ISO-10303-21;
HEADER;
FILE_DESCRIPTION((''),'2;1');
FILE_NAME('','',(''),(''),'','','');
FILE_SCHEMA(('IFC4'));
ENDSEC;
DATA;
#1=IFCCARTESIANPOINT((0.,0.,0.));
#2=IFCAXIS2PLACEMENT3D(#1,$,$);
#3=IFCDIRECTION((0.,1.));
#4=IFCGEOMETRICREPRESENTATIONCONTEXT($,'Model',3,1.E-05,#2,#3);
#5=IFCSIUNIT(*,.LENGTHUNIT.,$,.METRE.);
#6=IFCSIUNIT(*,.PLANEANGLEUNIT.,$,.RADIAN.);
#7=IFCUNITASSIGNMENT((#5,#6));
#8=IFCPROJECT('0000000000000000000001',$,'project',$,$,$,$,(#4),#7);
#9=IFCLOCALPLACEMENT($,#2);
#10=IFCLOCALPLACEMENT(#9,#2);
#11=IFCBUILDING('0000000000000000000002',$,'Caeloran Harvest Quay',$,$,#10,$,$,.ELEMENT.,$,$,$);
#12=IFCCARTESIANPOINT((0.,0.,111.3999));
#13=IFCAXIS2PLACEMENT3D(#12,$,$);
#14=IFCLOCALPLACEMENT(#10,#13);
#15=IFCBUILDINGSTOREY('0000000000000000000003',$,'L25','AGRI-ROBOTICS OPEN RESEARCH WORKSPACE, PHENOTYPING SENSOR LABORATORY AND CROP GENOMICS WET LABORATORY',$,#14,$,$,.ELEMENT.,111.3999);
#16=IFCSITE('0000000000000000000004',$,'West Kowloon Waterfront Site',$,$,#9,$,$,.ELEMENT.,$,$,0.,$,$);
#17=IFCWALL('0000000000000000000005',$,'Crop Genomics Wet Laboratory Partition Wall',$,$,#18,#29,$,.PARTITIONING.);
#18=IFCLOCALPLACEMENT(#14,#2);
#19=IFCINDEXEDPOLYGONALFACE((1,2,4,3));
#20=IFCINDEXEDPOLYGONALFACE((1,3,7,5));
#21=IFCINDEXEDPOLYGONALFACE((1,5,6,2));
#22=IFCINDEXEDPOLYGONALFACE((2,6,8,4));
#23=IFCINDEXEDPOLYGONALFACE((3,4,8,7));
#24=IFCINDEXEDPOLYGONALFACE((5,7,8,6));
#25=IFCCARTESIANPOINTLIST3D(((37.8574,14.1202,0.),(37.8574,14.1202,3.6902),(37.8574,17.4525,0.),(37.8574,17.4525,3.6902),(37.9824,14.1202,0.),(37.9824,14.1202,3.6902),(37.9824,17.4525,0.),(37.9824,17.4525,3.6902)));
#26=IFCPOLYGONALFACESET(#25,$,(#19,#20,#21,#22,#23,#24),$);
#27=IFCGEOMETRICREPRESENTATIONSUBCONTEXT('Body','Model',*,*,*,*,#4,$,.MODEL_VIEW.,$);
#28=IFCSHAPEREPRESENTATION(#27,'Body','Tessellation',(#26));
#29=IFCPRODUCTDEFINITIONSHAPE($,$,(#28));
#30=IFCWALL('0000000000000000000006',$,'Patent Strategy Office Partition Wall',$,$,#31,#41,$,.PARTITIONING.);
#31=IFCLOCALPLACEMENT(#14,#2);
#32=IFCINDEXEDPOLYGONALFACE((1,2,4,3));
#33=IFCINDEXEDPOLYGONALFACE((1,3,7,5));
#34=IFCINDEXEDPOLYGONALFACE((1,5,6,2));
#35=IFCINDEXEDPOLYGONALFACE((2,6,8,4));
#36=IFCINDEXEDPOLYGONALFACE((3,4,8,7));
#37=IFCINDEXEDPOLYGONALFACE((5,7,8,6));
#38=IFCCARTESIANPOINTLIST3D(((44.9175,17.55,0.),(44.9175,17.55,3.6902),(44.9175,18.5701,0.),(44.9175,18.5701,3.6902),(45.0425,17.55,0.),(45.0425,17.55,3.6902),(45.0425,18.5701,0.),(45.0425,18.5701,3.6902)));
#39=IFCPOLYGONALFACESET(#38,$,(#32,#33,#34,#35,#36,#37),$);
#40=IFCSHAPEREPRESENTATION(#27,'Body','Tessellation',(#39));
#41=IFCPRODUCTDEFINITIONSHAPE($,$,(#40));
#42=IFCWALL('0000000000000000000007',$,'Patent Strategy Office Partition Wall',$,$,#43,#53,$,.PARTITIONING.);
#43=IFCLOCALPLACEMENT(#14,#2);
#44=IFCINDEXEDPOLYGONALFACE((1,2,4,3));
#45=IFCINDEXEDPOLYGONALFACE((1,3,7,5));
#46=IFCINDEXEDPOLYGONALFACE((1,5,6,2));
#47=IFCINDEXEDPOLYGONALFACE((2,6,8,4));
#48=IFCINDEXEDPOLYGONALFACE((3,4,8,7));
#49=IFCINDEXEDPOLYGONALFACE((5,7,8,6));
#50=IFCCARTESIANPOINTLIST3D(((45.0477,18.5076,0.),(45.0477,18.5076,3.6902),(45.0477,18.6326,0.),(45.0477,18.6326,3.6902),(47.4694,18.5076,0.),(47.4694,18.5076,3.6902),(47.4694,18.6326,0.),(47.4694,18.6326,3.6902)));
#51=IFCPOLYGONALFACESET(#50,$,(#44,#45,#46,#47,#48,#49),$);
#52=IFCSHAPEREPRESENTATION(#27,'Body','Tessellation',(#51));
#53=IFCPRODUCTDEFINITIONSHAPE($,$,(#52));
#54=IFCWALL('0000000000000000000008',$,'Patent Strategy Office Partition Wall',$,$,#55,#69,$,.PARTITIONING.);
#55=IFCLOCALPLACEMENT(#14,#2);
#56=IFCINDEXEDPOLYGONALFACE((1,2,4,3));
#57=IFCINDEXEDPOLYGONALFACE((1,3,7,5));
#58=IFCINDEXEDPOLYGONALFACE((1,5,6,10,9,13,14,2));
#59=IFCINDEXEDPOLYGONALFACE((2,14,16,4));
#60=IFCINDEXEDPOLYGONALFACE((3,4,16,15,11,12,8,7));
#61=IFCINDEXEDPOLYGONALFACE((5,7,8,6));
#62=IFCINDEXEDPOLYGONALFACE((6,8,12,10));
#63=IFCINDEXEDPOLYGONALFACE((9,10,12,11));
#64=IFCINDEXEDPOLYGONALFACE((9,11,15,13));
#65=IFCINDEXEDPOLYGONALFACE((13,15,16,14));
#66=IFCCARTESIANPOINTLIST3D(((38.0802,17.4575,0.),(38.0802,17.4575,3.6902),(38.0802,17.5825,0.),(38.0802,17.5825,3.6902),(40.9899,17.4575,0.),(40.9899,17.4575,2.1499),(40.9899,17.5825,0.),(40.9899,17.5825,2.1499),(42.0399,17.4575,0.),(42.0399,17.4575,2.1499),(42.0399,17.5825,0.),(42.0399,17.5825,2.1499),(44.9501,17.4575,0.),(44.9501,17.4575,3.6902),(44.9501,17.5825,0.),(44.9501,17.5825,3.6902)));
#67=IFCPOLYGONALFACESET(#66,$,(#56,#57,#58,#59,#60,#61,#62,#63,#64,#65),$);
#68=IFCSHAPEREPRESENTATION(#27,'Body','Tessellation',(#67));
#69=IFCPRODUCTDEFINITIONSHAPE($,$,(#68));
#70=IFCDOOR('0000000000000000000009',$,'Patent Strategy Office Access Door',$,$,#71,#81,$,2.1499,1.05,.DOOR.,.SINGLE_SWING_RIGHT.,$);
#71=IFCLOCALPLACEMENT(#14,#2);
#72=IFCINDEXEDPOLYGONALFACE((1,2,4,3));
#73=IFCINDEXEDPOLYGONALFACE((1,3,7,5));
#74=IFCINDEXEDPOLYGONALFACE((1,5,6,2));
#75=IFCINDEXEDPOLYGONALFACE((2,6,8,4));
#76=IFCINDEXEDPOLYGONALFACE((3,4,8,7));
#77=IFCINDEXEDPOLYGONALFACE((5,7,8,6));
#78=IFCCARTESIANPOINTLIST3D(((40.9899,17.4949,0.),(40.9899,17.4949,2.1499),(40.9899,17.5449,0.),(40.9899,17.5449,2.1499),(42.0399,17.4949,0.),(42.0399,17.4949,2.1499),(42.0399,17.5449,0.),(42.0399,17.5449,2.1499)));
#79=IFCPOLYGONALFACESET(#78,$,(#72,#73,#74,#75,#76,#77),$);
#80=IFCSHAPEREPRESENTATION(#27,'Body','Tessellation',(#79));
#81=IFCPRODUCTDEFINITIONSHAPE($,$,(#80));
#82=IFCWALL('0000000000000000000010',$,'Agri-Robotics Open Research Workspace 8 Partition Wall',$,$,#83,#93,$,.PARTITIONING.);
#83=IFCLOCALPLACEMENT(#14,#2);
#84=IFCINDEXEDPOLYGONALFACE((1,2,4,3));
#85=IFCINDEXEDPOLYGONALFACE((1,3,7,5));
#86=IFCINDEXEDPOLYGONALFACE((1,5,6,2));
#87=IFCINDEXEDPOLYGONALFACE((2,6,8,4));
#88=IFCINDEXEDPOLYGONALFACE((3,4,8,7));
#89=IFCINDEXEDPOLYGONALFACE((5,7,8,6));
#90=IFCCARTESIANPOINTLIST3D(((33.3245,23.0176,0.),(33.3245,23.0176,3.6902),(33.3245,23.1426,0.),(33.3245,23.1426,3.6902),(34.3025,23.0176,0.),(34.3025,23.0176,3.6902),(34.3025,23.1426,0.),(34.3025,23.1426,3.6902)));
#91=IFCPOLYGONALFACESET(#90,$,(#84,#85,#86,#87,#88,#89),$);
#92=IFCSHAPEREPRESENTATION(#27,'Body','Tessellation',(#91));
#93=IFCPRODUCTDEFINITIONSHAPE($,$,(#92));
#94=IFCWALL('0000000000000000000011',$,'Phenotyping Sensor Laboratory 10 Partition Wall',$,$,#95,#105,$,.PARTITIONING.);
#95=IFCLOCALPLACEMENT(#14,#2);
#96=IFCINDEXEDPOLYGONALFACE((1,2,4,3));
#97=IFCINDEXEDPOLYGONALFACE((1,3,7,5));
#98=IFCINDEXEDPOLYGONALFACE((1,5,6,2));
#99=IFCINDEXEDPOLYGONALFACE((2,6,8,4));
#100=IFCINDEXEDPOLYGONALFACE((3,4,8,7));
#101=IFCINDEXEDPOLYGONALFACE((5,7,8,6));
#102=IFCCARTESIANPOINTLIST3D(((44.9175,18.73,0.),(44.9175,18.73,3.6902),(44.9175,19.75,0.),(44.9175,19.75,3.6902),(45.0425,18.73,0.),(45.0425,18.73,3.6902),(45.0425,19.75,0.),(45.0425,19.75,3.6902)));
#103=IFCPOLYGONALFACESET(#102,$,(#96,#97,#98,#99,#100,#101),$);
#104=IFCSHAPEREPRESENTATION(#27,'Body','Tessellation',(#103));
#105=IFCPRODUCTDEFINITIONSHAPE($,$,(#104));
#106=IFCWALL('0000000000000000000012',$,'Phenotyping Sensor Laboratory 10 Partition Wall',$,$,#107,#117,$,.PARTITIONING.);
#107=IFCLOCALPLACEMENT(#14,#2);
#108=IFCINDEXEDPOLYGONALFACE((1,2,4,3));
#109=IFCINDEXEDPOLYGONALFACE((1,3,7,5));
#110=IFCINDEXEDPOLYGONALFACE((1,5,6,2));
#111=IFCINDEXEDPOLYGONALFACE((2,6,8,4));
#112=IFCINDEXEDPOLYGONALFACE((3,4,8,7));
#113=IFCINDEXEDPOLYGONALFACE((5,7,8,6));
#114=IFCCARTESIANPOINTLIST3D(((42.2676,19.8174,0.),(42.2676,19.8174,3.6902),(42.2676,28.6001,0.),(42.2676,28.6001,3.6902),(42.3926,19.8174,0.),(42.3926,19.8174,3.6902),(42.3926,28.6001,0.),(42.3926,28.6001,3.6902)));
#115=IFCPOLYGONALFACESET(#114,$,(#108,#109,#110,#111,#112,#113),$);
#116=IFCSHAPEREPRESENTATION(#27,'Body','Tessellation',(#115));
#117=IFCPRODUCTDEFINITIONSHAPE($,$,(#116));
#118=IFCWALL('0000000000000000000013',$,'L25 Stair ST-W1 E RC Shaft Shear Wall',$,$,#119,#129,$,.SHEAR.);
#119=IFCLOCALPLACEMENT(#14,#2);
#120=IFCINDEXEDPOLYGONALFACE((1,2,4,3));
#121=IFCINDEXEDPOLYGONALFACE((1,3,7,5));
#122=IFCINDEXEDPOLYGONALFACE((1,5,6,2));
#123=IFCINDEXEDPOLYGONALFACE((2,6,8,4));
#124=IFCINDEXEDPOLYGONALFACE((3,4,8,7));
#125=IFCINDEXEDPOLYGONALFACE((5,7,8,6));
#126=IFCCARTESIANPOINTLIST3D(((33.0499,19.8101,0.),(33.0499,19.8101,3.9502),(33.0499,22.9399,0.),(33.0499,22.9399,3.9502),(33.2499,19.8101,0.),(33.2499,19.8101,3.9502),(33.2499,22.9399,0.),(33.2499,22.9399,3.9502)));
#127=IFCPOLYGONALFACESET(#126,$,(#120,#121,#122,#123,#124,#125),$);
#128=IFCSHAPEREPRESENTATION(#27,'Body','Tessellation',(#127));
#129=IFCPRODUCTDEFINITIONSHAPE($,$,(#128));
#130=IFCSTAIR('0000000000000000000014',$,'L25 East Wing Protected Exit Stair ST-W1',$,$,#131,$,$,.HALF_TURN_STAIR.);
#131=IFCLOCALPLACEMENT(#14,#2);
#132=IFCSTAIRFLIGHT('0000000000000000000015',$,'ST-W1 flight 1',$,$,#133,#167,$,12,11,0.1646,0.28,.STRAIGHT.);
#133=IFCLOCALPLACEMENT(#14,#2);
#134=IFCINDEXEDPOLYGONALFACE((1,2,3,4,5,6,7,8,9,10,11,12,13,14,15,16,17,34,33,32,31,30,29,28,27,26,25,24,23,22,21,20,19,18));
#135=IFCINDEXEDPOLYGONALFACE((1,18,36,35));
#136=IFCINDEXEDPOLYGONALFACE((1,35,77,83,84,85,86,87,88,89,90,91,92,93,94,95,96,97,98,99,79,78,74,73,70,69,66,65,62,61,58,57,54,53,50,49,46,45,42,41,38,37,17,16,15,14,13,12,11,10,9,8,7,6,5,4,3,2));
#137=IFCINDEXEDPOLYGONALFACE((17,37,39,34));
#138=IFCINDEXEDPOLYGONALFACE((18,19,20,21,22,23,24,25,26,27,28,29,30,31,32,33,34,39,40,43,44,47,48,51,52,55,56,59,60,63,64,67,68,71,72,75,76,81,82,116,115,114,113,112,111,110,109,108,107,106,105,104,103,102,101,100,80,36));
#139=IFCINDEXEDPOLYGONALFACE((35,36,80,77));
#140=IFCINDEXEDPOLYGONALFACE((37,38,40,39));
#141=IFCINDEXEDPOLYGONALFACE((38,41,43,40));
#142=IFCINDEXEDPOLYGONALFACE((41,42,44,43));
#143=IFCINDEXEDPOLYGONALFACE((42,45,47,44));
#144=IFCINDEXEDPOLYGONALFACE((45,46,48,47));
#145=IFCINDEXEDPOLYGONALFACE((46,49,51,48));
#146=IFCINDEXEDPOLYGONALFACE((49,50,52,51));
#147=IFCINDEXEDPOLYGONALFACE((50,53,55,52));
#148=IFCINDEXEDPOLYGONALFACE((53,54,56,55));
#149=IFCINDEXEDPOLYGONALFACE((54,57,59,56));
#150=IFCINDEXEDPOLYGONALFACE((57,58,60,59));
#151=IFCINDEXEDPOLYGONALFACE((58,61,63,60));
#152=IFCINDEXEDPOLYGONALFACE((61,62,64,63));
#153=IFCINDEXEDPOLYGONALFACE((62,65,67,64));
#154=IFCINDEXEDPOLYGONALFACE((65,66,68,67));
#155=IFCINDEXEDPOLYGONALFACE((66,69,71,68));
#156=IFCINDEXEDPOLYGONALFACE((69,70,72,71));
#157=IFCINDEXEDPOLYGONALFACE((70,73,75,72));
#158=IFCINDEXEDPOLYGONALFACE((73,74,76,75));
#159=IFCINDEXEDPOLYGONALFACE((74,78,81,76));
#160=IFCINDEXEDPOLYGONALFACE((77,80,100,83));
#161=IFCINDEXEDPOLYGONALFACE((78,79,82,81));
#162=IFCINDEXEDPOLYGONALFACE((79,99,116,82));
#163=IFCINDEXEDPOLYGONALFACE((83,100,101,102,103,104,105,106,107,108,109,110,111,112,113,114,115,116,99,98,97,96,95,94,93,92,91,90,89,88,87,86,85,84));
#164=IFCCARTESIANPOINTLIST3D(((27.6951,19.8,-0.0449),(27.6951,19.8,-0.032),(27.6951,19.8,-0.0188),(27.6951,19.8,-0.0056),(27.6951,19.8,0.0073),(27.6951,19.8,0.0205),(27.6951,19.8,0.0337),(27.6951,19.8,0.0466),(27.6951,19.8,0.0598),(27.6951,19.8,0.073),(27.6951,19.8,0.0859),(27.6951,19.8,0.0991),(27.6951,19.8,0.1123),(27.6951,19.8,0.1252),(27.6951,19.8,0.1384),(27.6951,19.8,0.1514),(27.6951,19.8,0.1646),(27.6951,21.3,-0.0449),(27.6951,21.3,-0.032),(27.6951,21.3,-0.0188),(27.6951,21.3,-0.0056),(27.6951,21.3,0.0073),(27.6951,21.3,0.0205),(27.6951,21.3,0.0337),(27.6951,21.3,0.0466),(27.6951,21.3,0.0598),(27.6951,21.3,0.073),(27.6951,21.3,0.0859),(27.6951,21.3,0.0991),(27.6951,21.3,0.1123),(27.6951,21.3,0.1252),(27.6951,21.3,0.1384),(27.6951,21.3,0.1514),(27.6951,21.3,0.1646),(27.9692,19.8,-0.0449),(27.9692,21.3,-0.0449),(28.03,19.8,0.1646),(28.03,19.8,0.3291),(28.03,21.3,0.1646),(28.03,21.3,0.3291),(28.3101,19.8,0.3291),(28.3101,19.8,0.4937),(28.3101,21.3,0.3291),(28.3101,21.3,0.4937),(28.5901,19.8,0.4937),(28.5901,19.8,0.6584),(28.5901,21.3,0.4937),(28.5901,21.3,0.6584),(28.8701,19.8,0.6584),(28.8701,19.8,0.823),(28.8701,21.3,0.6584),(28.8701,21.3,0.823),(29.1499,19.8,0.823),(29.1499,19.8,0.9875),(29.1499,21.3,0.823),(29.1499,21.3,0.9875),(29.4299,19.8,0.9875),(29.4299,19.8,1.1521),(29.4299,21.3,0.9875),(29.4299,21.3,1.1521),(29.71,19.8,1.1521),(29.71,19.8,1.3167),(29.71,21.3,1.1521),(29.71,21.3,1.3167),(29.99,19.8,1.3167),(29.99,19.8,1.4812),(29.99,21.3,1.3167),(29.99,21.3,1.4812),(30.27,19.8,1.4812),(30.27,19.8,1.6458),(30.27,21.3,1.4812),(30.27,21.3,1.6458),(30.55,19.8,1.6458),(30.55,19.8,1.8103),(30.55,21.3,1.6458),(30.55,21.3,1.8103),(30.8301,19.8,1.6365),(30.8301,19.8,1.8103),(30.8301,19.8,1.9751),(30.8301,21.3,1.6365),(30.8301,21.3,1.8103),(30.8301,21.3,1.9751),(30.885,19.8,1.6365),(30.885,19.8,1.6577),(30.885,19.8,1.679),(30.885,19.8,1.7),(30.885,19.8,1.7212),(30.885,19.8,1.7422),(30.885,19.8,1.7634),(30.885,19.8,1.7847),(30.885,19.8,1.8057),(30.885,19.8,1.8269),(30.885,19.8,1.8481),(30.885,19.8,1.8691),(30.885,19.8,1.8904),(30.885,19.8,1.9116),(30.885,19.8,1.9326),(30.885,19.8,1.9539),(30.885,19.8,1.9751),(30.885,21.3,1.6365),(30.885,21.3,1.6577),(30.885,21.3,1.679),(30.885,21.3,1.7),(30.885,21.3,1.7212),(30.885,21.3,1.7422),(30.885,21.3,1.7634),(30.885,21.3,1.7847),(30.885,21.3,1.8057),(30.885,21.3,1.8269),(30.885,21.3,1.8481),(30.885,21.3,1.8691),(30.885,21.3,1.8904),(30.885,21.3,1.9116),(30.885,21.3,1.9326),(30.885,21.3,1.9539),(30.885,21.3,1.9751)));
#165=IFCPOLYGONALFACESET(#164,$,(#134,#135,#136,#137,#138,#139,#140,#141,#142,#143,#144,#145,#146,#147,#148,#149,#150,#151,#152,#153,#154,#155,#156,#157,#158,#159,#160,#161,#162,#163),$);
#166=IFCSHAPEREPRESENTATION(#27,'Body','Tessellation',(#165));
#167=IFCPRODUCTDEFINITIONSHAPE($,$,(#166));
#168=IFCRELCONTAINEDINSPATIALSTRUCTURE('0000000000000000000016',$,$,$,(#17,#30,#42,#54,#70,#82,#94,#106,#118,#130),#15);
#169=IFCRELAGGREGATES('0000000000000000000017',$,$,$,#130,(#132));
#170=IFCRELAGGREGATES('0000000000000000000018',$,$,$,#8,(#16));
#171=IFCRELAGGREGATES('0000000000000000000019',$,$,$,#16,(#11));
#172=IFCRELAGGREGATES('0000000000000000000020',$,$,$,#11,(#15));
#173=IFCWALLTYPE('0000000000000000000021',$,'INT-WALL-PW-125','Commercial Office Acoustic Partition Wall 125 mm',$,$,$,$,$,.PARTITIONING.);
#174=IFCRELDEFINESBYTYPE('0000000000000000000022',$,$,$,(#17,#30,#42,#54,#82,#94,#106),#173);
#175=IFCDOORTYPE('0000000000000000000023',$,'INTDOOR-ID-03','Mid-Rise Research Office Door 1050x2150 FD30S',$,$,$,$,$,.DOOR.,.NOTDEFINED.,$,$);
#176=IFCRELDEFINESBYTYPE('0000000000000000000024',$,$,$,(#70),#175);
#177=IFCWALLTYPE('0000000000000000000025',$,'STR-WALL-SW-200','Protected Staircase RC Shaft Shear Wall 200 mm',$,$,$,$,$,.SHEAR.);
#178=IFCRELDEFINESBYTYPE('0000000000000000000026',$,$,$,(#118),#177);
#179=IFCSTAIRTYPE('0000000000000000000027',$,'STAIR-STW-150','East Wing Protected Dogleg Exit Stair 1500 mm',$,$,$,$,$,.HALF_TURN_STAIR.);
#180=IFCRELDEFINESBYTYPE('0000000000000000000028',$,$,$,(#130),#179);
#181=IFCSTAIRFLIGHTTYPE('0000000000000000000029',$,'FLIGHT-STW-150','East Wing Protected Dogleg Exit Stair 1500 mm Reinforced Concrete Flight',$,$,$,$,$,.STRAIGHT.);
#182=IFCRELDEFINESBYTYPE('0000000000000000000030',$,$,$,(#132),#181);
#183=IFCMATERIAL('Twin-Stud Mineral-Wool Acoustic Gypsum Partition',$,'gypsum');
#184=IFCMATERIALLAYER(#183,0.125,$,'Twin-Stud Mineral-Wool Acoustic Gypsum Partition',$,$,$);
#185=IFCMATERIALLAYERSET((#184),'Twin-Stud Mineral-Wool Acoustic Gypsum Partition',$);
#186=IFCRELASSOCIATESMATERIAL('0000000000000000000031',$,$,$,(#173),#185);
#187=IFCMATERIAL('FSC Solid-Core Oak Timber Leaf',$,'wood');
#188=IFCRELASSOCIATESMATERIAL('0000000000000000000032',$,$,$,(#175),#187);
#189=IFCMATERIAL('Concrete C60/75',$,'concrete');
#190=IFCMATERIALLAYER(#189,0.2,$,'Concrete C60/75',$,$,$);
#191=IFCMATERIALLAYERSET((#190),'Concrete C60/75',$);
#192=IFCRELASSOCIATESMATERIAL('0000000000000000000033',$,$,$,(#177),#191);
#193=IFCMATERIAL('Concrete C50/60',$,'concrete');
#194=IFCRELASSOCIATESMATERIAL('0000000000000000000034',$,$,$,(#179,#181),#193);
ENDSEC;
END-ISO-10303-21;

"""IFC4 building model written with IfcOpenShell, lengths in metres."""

from ifc_helpers import new_model, si_unit, direction, frame, frame_2d, origin, place, context, subcontext, project, spatial, polyline, rectangle, outline, extrude, material, layer, layer_set, type_object, element, fill, aggregate, save


model = new_model("IFC4")

# Units and contexts
model_context = context("Model", 3, precision=1e-05, world=origin(), true_north=direction((0.0, 1.0)))
body_context = subcontext(model_context, "Body", "Model", "MODEL_VIEW")
ifc_project = project(units=[si_unit("LENGTHUNIT", "METRE"), si_unit("PLANEANGLEUNIT", "RADIAN")], contexts=[model_context])

# Site, building, storey
site_placement = place(None, origin())
site = spatial("IfcSite", under=ifc_project, at=site_placement, Name="West Kowloon Waterfront Site", CompositionType="ELEMENT", RefElevation=0.0)
building_placement = place(site_placement, origin())
building = spatial("IfcBuilding", under=site, at=building_placement, Name="Caeloran Harvest Quay", CompositionType="ELEMENT")
storey_placement = place(building_placement, frame((0.0, 0.0, 111.3999)))
storey = spatial("IfcBuildingStorey", under=building, at=storey_placement, Name="L25", Description="AGRI-ROBOTICS OPEN RESEARCH WORKSPACE, PHENOTYPING SENSOR LABORATORY AND CROP GENOMICS WET LABORATORY", CompositionType="ELEMENT", Elevation=111.3999)

# Walls
ifc_material_1 = material(Name="Twin-Stud Mineral-Wool Acoustic Gypsum Partition", Category="gypsum")
ifc_layer_1 = layer(ifc_material_1, 0.125, Name="Twin-Stud Mineral-Wool Acoustic Gypsum Partition")
ifc_layer_set_1 = layer_set([ifc_layer_1], Name="Twin-Stud Mineral-Wool Acoustic Gypsum Partition")
wall_type_1 = type_object("IfcWallType", Name="INT-WALL-PW-125", Description="Commercial Office Acoustic Partition Wall 125 mm", PredefinedType="PARTITIONING", material=ifc_layer_set_1)
wall_1_placement = place(storey_placement, frame((37.9199, 17.4524, 0.0), z_axis=(0.0, 0.0, 1.0), x_axis=(0.0, -1.0, 0.0)))
element("IfcWall", 1, at=wall_1_placement, inside=storey, type_object=wall_type_1, Name="Crop Genomics Wet Laboratory Partition Wall", PredefinedType="PARTITIONING", context=body_context, shape_type="SweptSolid", body=[
    extrude(rectangle(XDim=3.3323, YDim=0.125, at=frame_2d((1.666, 0.0))), origin(), (0.0, 0.0, 1.0), 3.6902),
])
wall_2_placement = place(storey_placement, frame((44.98, 17.55, 0.0), z_axis=(0.0, 0.0, 1.0), x_axis=(0.0, 1.0, 0.0)))
element("IfcWall", 2, at=wall_2_placement, inside=storey, type_object=wall_type_1, Name="Patent Strategy Office Partition Wall", PredefinedType="PARTITIONING", context=body_context, shape_type="SweptSolid", body=[
    extrude(rectangle(XDim=1.02, YDim=0.125, at=frame_2d((0.51, 0.0))), origin(), (0.0, 0.0, 1.0), 3.6902),
])
wall_3_placement = place(storey_placement, frame((45.0476, 18.5701, 0.0), z_axis=(0.0, 0.0, 1.0), x_axis=(1.0, 0.0, 0.0)))
element("IfcWall", 3, at=wall_3_placement, inside=storey, type_object=wall_type_1, Name="Patent Strategy Office Partition Wall", PredefinedType="PARTITIONING", context=body_context, shape_type="SweptSolid", body=[
    extrude(rectangle(XDim=2.4216, YDim=0.125, at=frame_2d((1.2109, 0.0))), origin(), (0.0, 0.0, 1.0), 3.6902),
])

# Wall, opening, door
wall_4_placement = place(storey_placement, frame((38.0801, 17.52, 0.0), z_axis=(0.0, 0.0, 1.0), x_axis=(1.0, 0.0, 0.0)))
wall_4 = element("IfcWall", 4, at=wall_4_placement, inside=storey, type_object=wall_type_1, Name="Patent Strategy Office Partition Wall", PredefinedType="PARTITIONING", context=body_context, shape_type="SweptSolid", body=[
    extrude(rectangle(XDim=6.8699, YDim=0.125, at=frame_2d((3.4351, 0.0))), origin(), (0.0, 0.0, 1.0), 3.6902),
])
opening_1_placement = place(wall_4_placement, frame((2.9099, 0.0, 0.0)))
opening_1 = element("IfcOpeningElement", 5, at=opening_1_placement, cuts=wall_4, PredefinedType="OPENING", context=body_context, shape_type="SweptSolid", body=[
    extrude(rectangle(XDim=1.05, YDim=2.1499, at=frame_2d((0.5249, 1.075))), frame((0.0, 0.0725, 0.0), z_axis=(0.0, -1.0, 0.0), x_axis=(1.0, 0.0, 0.0)), (0.0, 0.0, 1.0), 0.145),
])
ifc_material_2 = material(Name="FSC Solid-Core Oak Timber Leaf", Category="wood")
door_type = type_object("IfcDoorType", Name="INTDOOR-ID-03", Description="Mid-Rise Research Office Door 1050x2150 FD30S", OperationType="NOTDEFINED", PredefinedType="DOOR", material=ifc_material_2)
door_1_placement = place(opening_1_placement, origin())
door_1 = element("IfcDoor", 6, at=door_1_placement, inside=storey, type_object=door_type, Name="Patent Strategy Office Access Door", OperationType="SINGLE_SWING_RIGHT", OverallHeight=2.1499, OverallWidth=1.05, PredefinedType="DOOR", context=body_context, shape_type="SweptSolid", body=[
    extrude(rectangle(XDim=1.05, YDim=2.1499, at=frame_2d((0.5249, 1.075))), frame((0.0, 0.0249, 0.0), z_axis=(0.0, -1.0, 0.0), x_axis=(1.0, 0.0, 0.0)), (0.0, 0.0, 1.0), 0.05),
])
fill(opening_1, door_1)

# Walls
wall_5_placement = place(storey_placement, frame((34.3025, 23.0801, 0.0), z_axis=(0.0, 0.0, 1.0), x_axis=(-1.0, 0.0, 0.0)))
element("IfcWall", 7, at=wall_5_placement, inside=storey, type_object=wall_type_1, Name="Agri-Robotics Open Research Workspace 8 Partition Wall", PredefinedType="PARTITIONING", context=body_context, shape_type="SweptSolid", body=[
    extrude(rectangle(XDim=0.978, YDim=0.125, at=frame_2d((0.489, 0.0))), origin(), (0.0, 0.0, 1.0), 3.6902),
])
wall_6_placement = place(storey_placement, frame((44.98, 18.73, 0.0), z_axis=(0.0, 0.0, 1.0), x_axis=(0.0, 1.0, 0.0)))
element("IfcWall", 8, at=wall_6_placement, inside=storey, type_object=wall_type_1, Name="Phenotyping Sensor Laboratory 10 Partition Wall", PredefinedType="PARTITIONING", context=body_context, shape_type="SweptSolid", body=[
    extrude(rectangle(XDim=1.02, YDim=0.125, at=frame_2d((0.51, 0.0))), origin(), (0.0, 0.0, 1.0), 3.6902),
])

# Walls
wall_7_placement = place(storey_placement, frame((42.3301, 19.8174, 0.0), z_axis=(0.0, 0.0, 1.0), x_axis=(0.0, 1.0, 0.0)))
element("IfcWall", 9, at=wall_7_placement, inside=storey, type_object=wall_type_1, Name="Phenotyping Sensor Laboratory 10 Partition Wall", PredefinedType="PARTITIONING", context=body_context, shape_type="SweptSolid", body=[
    extrude(rectangle(XDim=8.7827, YDim=0.125, at=frame_2d((4.3914, 0.0))), origin(), (0.0, 0.0, 1.0), 3.6902),
])
ifc_material_3 = material(Name="Concrete C60/75", Category="concrete")
ifc_layer_2 = layer(ifc_material_3, 0.2, Name="Concrete C60/75")
ifc_layer_set_2 = layer_set([ifc_layer_2], Name="Concrete C60/75")
wall_type_2 = type_object("IfcWallType", Name="STR-WALL-SW-200", Description="Protected Staircase RC Shaft Shear Wall 200 mm", PredefinedType="SHEAR", material=ifc_layer_set_2)
wall_8_placement = place(storey_placement, frame((33.1499, 19.8101, 0.0), z_axis=(0.0, 0.0, 1.0), x_axis=(0.0, 1.0, 0.0)))
element("IfcWall", 10, at=wall_8_placement, inside=storey, type_object=wall_type_2, Name="L25 Stair ST-W1 E RC Shaft Shear Wall", PredefinedType="SHEAR", context=body_context, shape_type="SweptSolid", body=[
    extrude(rectangle(XDim=3.1299, YDim=0.2, at=frame_2d((1.5649, 0.0))), origin(), (0.0, 0.0, 1.0), 3.9502),
])

# Stair, stair flight
ifc_material_4 = material(Name="Concrete C50/60", Category="concrete")
stair_type = type_object("IfcStairType", Name="STAIR-STW-150", Description="East Wing Protected Dogleg Exit Stair 1500 mm", PredefinedType="HALF_TURN_STAIR", material=ifc_material_4)
stair_placement = place(storey_placement, origin())
stair = element("IfcStair", 11, at=stair_placement, inside=storey, type_object=stair_type, Name="L25 East Wing Protected Exit Stair ST-W1", PredefinedType="HALF_TURN_STAIR")
stair_flight_type = type_object("IfcStairFlightType", Name="FLIGHT-STW-150", Description="East Wing Protected Dogleg Exit Stair 1500 mm Reinforced Concrete Flight", PredefinedType="STRAIGHT", material=ifc_material_4)
stair_flight_1_placement = place(storey_placement, frame((27.75, 20.55, 0.0), z_axis=(0.0, 0.0, 1.0), x_axis=(1.0, 0.0, 0.0)))
stair_flight_1 = element("IfcStairFlight", 12, at=stair_flight_1_placement, type_object=stair_flight_type, Name="ST-W1 flight 1", NumberOfRisers=12, NumberOfTreads=11, PredefinedType="STRAIGHT", RiserHeight=0.1646, TreadLength=0.28, context=body_context, shape_type="SweptSolid", body=[
    extrude(outline(polyline([(-0.0549, -0.0449), (-0.0549, -0.032), (-0.0549, -0.0188), (-0.0549, -0.0056), (-0.0549, 0.0073), (-0.0549, 0.0205), (-0.0549, 0.0337), (-0.0549, 0.0466), (-0.0549, 0.0598), (-0.0549, 0.073), (-0.0549, 0.0859), (-0.0549, 0.0991), (-0.0549, 0.1123), (-0.0549, 0.1252), (-0.0549, 0.1384), (-0.0549, 0.1514), (-0.0549, 0.1646), (0.28, 0.1646), (0.28, 0.3291), (0.5601, 0.3291), (0.5601, 0.4937), (0.8401, 0.4937), (0.8401, 0.6584), (1.1201, 0.6584), (1.1201, 0.823), (1.3999, 0.823), (1.3999, 0.9875), (1.6799, 0.9875), (1.6799, 1.1521), (1.96, 1.1521), (1.96, 1.3167), (2.24, 1.3167), (2.24, 1.4812), (2.52, 1.4812), (2.52, 1.6458), (2.8, 1.6458), (2.8, 1.8103), (3.0801, 1.8103), (3.0801, 1.9751), (3.135, 1.9751), (3.135, 1.9539), (3.135, 1.9326), (3.135, 1.9116), (3.135, 1.8904), (3.135, 1.8691), (3.135, 1.8481), (3.135, 1.8269), (3.135, 1.8057), (3.135, 1.7847), (3.135, 1.7634), (3.135, 1.7422), (3.135, 1.7212), (3.135, 1.7), (3.135, 1.679), (3.135, 1.6577), (3.135, 1.6365), (3.0801, 1.6365), (0.2192, -0.0449), (-0.0549, -0.0449)])), frame((0.0, 0.75, 0.0), z_axis=(0.0, -1.0, 0.0), x_axis=(1.0, 0.0, 0.0)), (0.0, 0.0, 1.0), 1.5),
])
aggregate(stair, [stair_flight_1])

save(model, "model.ifc")
